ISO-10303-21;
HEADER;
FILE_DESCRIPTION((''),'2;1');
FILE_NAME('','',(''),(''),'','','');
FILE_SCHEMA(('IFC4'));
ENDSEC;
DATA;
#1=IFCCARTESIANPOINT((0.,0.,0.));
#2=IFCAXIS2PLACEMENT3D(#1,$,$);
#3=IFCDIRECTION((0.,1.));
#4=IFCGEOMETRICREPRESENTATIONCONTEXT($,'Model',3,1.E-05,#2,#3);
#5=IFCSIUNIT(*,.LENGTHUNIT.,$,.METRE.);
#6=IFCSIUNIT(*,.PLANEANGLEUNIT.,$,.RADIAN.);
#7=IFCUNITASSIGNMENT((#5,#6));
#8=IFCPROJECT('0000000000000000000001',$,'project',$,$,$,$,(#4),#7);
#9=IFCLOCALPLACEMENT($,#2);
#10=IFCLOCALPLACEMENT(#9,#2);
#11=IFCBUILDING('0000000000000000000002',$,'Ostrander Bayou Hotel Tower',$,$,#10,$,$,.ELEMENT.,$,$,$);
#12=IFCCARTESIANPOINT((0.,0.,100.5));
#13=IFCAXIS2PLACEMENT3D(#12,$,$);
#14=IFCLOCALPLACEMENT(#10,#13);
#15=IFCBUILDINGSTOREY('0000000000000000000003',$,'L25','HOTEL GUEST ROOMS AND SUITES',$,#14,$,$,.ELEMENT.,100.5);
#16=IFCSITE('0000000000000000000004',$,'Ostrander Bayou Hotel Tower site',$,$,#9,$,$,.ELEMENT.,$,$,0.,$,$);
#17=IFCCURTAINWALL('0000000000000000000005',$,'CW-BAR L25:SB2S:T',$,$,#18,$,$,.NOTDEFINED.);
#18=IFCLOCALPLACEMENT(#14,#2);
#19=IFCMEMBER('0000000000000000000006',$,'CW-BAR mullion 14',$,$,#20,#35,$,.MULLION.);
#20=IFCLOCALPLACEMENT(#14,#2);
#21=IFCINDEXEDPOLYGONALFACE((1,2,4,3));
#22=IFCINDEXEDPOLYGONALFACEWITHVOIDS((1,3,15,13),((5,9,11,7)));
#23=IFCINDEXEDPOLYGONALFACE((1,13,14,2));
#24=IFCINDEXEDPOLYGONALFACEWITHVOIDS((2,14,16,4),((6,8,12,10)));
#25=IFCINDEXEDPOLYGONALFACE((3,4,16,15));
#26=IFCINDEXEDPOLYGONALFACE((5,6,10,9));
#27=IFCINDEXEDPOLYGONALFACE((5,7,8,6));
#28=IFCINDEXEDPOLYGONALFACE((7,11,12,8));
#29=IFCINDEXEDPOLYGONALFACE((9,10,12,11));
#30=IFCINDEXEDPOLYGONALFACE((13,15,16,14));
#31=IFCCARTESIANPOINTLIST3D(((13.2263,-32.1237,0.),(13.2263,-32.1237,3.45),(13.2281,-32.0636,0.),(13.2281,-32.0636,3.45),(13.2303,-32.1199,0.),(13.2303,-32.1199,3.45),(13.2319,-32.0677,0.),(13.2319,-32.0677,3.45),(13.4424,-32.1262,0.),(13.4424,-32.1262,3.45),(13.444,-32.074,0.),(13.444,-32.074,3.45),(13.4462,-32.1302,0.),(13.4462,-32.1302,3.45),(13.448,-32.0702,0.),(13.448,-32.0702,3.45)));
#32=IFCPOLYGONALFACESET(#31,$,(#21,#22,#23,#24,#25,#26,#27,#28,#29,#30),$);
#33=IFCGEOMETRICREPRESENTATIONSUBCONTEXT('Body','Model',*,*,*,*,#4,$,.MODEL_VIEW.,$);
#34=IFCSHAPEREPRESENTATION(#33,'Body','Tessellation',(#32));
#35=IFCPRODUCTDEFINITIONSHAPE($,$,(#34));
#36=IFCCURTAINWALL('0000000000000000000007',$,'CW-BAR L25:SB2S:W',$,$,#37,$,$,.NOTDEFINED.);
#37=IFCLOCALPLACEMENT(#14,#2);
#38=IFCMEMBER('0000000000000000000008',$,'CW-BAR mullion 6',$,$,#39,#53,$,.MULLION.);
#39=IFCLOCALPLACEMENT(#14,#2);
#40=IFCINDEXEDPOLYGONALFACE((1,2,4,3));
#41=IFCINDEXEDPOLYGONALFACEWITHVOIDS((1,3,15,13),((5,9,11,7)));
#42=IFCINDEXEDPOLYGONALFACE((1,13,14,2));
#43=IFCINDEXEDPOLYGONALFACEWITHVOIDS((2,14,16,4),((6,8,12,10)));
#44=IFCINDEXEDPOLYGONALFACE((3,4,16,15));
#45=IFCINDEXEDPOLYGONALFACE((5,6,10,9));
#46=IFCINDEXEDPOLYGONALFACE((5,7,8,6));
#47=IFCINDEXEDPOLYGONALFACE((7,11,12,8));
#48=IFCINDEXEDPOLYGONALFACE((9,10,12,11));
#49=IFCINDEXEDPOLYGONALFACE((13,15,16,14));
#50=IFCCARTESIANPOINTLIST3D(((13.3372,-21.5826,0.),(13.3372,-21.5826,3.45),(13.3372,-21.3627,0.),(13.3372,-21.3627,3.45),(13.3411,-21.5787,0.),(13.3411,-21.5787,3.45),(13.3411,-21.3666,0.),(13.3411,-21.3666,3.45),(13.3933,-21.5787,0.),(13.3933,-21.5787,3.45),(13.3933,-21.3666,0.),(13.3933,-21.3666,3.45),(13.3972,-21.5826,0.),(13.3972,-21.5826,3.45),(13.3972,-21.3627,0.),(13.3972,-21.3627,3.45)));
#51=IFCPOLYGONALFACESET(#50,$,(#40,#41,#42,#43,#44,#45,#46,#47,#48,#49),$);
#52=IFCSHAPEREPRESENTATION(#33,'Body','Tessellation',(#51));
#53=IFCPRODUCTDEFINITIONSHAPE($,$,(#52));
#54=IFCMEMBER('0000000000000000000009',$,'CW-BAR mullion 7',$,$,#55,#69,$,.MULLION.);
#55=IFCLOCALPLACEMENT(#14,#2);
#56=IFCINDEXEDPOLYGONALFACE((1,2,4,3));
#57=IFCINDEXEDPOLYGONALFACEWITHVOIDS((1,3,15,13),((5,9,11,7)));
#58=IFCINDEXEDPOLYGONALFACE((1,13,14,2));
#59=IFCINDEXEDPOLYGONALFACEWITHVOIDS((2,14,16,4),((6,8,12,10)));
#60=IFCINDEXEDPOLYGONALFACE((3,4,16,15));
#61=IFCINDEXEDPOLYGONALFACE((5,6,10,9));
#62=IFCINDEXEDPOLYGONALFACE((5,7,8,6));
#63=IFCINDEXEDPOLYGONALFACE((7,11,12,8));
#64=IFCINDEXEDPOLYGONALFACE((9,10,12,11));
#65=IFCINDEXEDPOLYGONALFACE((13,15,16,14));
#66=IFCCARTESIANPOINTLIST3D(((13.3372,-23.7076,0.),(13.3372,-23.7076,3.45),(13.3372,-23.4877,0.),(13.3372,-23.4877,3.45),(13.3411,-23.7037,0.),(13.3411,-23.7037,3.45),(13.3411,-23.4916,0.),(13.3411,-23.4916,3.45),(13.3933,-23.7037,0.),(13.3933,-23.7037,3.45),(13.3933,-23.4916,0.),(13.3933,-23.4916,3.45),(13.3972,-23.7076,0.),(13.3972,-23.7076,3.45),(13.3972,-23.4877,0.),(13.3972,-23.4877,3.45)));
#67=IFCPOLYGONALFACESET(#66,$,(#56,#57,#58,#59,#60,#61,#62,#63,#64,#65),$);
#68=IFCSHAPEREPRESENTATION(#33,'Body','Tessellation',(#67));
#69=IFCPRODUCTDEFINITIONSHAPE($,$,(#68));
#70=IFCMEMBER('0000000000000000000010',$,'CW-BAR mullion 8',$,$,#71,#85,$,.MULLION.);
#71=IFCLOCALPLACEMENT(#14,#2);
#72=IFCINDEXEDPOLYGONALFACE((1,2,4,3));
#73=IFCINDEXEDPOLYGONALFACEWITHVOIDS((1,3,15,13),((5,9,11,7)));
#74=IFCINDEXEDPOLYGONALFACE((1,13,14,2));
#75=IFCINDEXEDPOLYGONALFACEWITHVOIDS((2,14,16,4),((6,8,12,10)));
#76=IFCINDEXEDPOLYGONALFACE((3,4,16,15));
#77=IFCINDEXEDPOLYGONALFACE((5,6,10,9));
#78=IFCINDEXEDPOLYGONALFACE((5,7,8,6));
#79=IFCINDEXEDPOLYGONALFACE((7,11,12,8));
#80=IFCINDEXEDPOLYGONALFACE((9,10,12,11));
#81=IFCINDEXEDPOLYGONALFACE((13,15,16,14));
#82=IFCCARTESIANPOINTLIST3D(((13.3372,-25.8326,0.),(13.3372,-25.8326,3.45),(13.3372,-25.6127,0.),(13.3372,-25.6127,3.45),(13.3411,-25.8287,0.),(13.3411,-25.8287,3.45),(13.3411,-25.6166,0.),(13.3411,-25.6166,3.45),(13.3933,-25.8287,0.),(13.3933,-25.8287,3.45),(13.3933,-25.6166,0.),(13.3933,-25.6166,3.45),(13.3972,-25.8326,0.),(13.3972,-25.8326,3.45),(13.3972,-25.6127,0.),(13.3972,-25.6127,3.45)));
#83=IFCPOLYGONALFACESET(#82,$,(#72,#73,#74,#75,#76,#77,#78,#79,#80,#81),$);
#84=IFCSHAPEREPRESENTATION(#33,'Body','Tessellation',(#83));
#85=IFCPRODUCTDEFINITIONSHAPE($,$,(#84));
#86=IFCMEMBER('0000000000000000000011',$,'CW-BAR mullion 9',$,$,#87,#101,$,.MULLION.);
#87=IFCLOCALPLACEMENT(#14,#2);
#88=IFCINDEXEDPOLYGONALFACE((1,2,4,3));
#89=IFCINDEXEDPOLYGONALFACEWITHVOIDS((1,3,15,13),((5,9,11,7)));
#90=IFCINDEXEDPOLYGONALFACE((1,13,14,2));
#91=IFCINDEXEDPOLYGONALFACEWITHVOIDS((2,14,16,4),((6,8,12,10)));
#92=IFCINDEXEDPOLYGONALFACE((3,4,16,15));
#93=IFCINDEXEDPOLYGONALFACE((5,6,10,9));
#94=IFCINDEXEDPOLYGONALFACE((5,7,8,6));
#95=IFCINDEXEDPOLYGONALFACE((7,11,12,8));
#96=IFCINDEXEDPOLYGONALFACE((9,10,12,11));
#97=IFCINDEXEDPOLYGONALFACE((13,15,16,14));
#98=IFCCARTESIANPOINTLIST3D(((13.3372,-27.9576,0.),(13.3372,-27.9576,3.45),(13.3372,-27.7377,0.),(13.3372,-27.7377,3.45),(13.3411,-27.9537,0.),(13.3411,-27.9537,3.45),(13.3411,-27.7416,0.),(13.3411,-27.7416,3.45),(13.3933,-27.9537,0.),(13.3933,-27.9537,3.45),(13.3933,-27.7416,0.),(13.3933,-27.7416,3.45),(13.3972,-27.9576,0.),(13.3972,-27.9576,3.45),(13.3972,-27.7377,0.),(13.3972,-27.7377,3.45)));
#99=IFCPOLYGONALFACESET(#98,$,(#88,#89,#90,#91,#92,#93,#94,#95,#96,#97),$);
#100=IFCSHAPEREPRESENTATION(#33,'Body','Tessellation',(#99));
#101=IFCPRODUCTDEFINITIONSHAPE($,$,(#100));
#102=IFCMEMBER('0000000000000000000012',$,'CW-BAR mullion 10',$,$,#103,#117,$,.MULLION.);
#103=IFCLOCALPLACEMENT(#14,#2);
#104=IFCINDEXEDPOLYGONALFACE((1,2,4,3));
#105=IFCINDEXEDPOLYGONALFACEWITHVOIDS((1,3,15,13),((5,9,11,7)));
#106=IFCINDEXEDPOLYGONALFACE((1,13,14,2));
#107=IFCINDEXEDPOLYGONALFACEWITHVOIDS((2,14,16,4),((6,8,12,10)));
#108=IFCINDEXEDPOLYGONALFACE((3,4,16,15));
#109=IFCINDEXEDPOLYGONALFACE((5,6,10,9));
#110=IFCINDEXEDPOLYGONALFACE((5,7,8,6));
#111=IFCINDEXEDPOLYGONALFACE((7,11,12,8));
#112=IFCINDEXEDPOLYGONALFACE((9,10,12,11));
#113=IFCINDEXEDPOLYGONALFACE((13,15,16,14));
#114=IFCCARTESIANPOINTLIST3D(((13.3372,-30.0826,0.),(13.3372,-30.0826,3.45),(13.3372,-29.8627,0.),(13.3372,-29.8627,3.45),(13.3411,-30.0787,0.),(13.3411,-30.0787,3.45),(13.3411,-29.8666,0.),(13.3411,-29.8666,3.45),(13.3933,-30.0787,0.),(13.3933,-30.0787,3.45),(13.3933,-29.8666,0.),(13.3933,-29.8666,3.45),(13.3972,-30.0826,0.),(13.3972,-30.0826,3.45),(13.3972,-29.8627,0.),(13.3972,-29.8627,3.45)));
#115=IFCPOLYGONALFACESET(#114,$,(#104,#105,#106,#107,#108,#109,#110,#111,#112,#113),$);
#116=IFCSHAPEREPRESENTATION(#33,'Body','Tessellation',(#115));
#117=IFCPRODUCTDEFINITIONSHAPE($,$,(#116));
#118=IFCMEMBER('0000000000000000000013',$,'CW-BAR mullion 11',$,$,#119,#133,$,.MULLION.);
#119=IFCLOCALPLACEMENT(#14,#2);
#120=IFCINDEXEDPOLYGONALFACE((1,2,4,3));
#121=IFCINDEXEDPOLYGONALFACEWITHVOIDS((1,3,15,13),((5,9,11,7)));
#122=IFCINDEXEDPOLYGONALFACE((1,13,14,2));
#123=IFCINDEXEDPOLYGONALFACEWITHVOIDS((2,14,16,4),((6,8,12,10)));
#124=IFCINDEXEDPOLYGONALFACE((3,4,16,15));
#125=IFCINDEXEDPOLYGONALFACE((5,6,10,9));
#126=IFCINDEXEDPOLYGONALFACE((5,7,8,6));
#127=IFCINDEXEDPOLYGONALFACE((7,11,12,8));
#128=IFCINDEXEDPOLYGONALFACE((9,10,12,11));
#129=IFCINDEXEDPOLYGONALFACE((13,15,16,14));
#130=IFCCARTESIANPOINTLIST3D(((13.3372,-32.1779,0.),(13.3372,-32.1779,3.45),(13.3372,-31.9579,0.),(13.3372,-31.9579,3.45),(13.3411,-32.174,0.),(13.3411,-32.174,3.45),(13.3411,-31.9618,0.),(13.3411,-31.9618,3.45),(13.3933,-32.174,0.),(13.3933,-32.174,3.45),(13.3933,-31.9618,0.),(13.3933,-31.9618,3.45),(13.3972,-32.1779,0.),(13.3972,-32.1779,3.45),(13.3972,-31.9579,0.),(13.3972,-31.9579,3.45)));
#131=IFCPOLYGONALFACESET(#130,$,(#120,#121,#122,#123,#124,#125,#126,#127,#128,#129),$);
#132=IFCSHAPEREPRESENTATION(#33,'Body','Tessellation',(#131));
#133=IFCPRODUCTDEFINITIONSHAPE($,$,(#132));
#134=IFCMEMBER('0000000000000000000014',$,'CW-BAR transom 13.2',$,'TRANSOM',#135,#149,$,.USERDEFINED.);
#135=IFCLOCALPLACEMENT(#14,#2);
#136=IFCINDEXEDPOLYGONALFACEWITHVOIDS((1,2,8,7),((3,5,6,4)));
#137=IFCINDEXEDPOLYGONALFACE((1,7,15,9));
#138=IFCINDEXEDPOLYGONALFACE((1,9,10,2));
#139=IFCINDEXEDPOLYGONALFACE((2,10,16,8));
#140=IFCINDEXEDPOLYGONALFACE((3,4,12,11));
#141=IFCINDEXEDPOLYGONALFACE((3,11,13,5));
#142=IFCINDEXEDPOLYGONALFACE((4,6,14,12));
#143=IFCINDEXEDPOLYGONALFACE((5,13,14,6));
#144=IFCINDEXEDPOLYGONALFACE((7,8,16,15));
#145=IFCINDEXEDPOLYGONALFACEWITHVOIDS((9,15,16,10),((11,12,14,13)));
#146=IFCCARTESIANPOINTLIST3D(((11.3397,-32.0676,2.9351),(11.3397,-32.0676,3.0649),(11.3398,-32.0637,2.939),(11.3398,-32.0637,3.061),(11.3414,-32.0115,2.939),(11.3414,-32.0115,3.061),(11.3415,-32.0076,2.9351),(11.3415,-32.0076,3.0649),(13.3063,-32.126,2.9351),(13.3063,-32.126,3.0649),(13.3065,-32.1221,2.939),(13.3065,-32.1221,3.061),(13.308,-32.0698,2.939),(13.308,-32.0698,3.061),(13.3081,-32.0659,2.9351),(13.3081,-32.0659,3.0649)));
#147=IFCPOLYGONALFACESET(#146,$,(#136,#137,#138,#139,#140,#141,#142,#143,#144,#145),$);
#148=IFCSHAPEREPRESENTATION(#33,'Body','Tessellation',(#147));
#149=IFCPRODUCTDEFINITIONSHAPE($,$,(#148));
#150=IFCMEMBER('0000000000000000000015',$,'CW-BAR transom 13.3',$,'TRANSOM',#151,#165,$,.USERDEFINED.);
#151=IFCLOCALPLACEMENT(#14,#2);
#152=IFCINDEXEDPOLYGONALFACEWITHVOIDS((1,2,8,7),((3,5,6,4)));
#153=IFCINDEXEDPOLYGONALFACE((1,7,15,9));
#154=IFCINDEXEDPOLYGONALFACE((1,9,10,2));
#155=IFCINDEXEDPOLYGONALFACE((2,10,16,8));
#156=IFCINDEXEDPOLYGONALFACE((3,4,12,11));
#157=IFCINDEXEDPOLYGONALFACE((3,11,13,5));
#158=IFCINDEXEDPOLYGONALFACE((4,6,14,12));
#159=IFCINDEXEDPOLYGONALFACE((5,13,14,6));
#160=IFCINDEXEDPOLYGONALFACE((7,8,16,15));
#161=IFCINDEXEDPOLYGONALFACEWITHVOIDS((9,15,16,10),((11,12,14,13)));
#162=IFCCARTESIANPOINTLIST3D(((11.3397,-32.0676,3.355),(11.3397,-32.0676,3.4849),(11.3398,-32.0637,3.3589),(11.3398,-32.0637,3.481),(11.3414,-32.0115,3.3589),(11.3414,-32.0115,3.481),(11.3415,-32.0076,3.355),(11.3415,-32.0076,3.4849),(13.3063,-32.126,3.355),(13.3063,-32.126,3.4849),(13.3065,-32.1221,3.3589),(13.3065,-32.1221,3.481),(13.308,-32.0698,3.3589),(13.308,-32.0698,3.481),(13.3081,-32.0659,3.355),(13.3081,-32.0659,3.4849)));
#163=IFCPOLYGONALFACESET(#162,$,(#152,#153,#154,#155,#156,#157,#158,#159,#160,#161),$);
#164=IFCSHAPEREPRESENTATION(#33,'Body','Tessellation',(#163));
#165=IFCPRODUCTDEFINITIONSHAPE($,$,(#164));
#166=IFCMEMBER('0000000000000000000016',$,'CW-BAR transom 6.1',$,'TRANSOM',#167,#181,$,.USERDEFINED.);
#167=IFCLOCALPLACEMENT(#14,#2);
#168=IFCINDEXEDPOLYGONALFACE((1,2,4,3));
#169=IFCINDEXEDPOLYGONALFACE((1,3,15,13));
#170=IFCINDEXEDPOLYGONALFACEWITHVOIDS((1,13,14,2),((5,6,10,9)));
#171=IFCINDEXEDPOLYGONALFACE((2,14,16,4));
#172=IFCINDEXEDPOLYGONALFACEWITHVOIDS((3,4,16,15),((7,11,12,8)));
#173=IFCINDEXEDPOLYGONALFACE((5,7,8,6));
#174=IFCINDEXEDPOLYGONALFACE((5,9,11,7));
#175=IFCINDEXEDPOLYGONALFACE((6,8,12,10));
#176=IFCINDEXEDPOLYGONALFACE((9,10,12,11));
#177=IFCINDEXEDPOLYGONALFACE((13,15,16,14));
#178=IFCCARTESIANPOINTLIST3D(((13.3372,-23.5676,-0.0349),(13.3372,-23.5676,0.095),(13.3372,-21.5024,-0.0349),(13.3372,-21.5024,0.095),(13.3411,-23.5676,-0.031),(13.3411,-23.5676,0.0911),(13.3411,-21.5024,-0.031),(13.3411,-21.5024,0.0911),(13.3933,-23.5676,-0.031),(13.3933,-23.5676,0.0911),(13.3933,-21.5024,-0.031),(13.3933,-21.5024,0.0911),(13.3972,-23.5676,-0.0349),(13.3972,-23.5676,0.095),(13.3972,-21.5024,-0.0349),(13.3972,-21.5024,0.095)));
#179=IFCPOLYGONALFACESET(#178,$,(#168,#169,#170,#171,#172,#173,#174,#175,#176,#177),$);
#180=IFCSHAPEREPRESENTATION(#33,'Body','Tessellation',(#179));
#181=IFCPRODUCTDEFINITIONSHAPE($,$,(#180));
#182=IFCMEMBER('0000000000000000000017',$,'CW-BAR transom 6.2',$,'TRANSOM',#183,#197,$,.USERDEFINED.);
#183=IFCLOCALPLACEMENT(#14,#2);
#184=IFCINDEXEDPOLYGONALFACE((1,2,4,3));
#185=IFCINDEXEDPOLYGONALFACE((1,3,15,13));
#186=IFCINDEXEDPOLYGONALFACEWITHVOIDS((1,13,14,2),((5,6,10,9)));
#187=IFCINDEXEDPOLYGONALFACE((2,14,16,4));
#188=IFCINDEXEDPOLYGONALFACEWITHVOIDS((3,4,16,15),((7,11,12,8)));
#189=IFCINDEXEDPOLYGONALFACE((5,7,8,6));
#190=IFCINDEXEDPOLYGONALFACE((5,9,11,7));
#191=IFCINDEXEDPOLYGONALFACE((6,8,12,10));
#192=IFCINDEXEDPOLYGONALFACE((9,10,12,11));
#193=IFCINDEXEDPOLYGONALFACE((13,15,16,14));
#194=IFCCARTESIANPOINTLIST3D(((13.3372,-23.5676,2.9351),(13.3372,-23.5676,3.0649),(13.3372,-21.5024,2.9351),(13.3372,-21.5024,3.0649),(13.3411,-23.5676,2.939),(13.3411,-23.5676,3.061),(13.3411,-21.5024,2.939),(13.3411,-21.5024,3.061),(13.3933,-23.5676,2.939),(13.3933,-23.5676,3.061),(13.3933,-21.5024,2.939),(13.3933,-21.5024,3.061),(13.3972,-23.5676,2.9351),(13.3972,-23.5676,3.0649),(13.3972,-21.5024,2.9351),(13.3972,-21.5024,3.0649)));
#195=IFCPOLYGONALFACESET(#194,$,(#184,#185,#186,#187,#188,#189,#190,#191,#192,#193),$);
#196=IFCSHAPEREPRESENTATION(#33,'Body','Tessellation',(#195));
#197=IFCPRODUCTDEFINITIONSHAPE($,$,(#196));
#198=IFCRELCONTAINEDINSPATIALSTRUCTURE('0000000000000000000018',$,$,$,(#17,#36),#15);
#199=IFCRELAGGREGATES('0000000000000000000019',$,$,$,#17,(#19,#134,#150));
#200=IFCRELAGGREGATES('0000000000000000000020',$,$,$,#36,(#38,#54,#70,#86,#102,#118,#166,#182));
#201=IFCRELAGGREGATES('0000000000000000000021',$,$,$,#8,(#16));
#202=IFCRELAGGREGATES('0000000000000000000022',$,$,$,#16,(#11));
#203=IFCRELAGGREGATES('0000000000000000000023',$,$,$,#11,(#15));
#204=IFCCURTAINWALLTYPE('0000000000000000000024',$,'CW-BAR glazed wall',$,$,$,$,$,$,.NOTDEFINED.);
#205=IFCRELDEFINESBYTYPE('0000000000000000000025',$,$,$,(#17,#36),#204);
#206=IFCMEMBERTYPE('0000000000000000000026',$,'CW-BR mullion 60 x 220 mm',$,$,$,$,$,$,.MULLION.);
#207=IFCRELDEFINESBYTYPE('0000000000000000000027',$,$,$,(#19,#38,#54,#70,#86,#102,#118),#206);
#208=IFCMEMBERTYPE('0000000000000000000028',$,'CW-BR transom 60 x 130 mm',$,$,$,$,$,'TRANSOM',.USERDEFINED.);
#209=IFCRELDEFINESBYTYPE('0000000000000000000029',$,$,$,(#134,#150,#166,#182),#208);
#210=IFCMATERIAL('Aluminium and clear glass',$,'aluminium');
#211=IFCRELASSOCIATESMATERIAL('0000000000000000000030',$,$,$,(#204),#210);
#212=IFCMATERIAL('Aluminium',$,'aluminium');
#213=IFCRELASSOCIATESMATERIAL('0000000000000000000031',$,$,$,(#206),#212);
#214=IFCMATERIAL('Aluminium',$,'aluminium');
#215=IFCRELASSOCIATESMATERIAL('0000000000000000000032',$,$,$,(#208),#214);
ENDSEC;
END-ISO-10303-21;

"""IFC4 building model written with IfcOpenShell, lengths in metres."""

from ifc_helpers import new_model, si_unit, direction, frame, origin, origin_2d, place, context, subcontext, project, spatial, hollow_rectangle, extrude, material, material_profile, profile_set, type_object, element, aggregate, save


model = new_model("IFC4")

# Units and contexts
model_context = context("Model", 3, precision=1e-05, world=origin(), true_north=direction((0.0, 1.0)))
body_context = subcontext(model_context, "Body", "Model", "MODEL_VIEW")
ifc_project = project(units=[si_unit("LENGTHUNIT", "METRE"), si_unit("PLANEANGLEUNIT", "RADIAN")], contexts=[model_context])

# Site, building, storey
site_placement = place(None, origin())
site = spatial("IfcSite", under=ifc_project, at=site_placement, Name="Ostrander Bayou Hotel Tower site", CompositionType="ELEMENT", RefElevation=0.0)
building_placement = place(site_placement, origin())
building = spatial("IfcBuilding", under=site, at=building_placement, Name="Ostrander Bayou Hotel Tower", CompositionType="ELEMENT")
storey_placement = place(building_placement, frame((0.0, 0.0, 100.5)))
storey = spatial("IfcBuildingStorey", under=building, at=storey_placement, Name="L25", Description="HOTEL GUEST ROOMS AND SUITES", CompositionType="ELEMENT", Elevation=100.5)

# Curtain wall, member
ifc_material_1 = material(Name="Aluminium and clear glass", Category="aluminium")
curtain_wall_type = type_object("IfcCurtainWallType", Name="CW-BAR glazed wall", PredefinedType="NOTDEFINED", material=ifc_material_1)
curtain_wall_1_placement = place(storey_placement, origin())
curtain_wall_1 = element("IfcCurtainWall", 1, at=curtain_wall_1_placement, inside=storey, type_object=curtain_wall_type, Name="CW-BAR L25:SB2S:T", PredefinedType="NOTDEFINED")
ifc_material_2 = material(Name="Aluminium", Category="aluminium")
ifc_material_profile_1 = material_profile(ifc_material_2, hollow_rectangle(XDim=0.0601, YDim=0.22, WallThickness=0.0039, at=origin_2d()))
ifc_profile_set_1 = profile_set([ifc_material_profile_1], Name="Aluminium")
member_type_1 = type_object("IfcMemberType", Name="CW-BR mullion 60 x 220 mm", PredefinedType="MULLION", material=ifc_profile_set_1)
member_1_placement = place(storey_placement, frame((13.3372, -32.0969, 0.0), z_axis=(0.0, 0.0, 1.0), x_axis=(0.029746, 0.999557, 0.0)))
member_1 = element("IfcMember", 2, at=member_1_placement, type_object=member_type_1, Name="CW-BAR mullion 14", PredefinedType="MULLION", context=body_context, shape_type="SweptSolid", body=[
    extrude(hollow_rectangle(XDim=0.0601, YDim=0.22, WallThickness=0.0039, at=origin_2d()), origin(), (0.0, 0.0, 1.0), 3.45),
])

# Curtain wall, members
curtain_wall_2_placement = place(storey_placement, origin())
curtain_wall_2 = element("IfcCurtainWall", 3, at=curtain_wall_2_placement, inside=storey, type_object=curtain_wall_type, Name="CW-BAR L25:SB2S:W", PredefinedType="NOTDEFINED")
member_2_placement = place(storey_placement, frame((13.3672, -21.4727, 0.0), z_axis=(0.0, 0.0, 1.0), x_axis=(1.0, 0.0, 0.0)))
member_2 = element("IfcMember", 4, at=member_2_placement, type_object=member_type_1, Name="CW-BAR mullion 6", PredefinedType="MULLION", context=body_context, shape_type="SweptSolid", body=[
    extrude(hollow_rectangle(XDim=0.0601, YDim=0.22, WallThickness=0.0039, at=origin_2d()), origin(), (0.0, 0.0, 1.0), 3.45),
])
member_3_placement = place(storey_placement, frame((13.3672, -23.5977, 0.0), z_axis=(0.0, 0.0, 1.0), x_axis=(1.0, 0.0, 0.0)))
member_3 = element("IfcMember", 5, at=member_3_placement, type_object=member_type_1, Name="CW-BAR mullion 7", PredefinedType="MULLION", context=body_context, shape_type="SweptSolid", body=[
    extrude(hollow_rectangle(XDim=0.0601, YDim=0.22, WallThickness=0.0039, at=origin_2d()), origin(), (0.0, 0.0, 1.0), 3.45),
])
member_4_placement = place(storey_placement, frame((13.3672, -25.7227, 0.0), z_axis=(0.0, 0.0, 1.0), x_axis=(1.0, 0.0, 0.0)))
member_4 = element("IfcMember", 6, at=member_4_placement, type_object=member_type_1, Name="CW-BAR mullion 8", PredefinedType="MULLION", context=body_context, shape_type="SweptSolid", body=[
    extrude(hollow_rectangle(XDim=0.0601, YDim=0.22, WallThickness=0.0039, at=origin_2d()), origin(), (0.0, 0.0, 1.0), 3.45),
])
member_5_placement = place(storey_placement, frame((13.3672, -27.8477, 0.0), z_axis=(0.0, 0.0, 1.0), x_axis=(1.0, 0.0, 0.0)))
member_5 = element("IfcMember", 7, at=member_5_placement, type_object=member_type_1, Name="CW-BAR mullion 9", PredefinedType="MULLION", context=body_context, shape_type="SweptSolid", body=[
    extrude(hollow_rectangle(XDim=0.0601, YDim=0.22, WallThickness=0.0039, at=origin_2d()), origin(), (0.0, 0.0, 1.0), 3.45),
])
member_6_placement = place(storey_placement, frame((13.3672, -29.9727, 0.0), z_axis=(0.0, 0.0, 1.0), x_axis=(1.0, 0.0, 0.0)))
member_6 = element("IfcMember", 8, at=member_6_placement, type_object=member_type_1, Name="CW-BAR mullion 10", PredefinedType="MULLION", context=body_context, shape_type="SweptSolid", body=[
    extrude(hollow_rectangle(XDim=0.0601, YDim=0.22, WallThickness=0.0039, at=origin_2d()), origin(), (0.0, 0.0, 1.0), 3.45),
])
member_7_placement = place(storey_placement, frame((13.3672, -32.0679, 0.0), z_axis=(0.0, 0.0, 1.0), x_axis=(1.0, 0.0, 0.0)))
member_7 = element("IfcMember", 9, at=member_7_placement, type_object=member_type_1, Name="CW-BAR mullion 11", PredefinedType="MULLION", context=body_context, shape_type="SweptSolid", body=[
    extrude(hollow_rectangle(XDim=0.0601, YDim=0.22, WallThickness=0.0039, at=origin_2d()), origin(), (0.0, 0.0, 1.0), 3.45),
])

# Members
ifc_material_3 = material(Name="Aluminium", Category="aluminium")
ifc_material_profile_2 = material_profile(ifc_material_3, hollow_rectangle(XDim=0.0601, YDim=0.1299, WallThickness=0.0039, at=origin_2d()))
ifc_profile_set_2 = profile_set([ifc_material_profile_2], Name="Aluminium")
member_type_2 = type_object("IfcMemberType", Name="CW-BR transom 60 x 130 mm", ElementType="TRANSOM", PredefinedType="USERDEFINED", material=ifc_profile_set_2)
member_8_placement = place(storey_placement, frame((11.3406, -32.0376, 3.0), z_axis=(0.99956, -0.029658, 0.0), x_axis=(0.029658, 0.99956, 0.0)))
member_8 = element("IfcMember", 10, at=member_8_placement, type_object=member_type_2, Name="CW-BAR transom 13.2", ObjectType="TRANSOM", PredefinedType="USERDEFINED", context=body_context, shape_type="SweptSolid", body=[
    extrude(hollow_rectangle(XDim=0.0601, YDim=0.1299, WallThickness=0.0039, at=origin_2d()), origin(), (0.0, 0.0, 1.0), 1.9675),
])
member_9_placement = place(storey_placement, frame((11.3406, -32.0376, 3.4199), z_axis=(0.99956, -0.029658, 0.0), x_axis=(0.029658, 0.99956, 0.0)))
member_9 = element("IfcMember", 11, at=member_9_placement, type_object=member_type_2, Name="CW-BAR transom 13.3", ObjectType="TRANSOM", PredefinedType="USERDEFINED", context=body_context, shape_type="SweptSolid", body=[
    extrude(hollow_rectangle(XDim=0.0601, YDim=0.1299, WallThickness=0.0039, at=origin_2d()), origin(), (0.0, 0.0, 1.0), 1.9675),
])
member_10_placement = place(storey_placement, frame((13.3672, -21.5024, 0.03), z_axis=(0.0, -1.0, 0.0), x_axis=(1.0, 0.0, 0.0)))
member_10 = element("IfcMember", 12, at=member_10_placement, type_object=member_type_2, Name="CW-BAR transom 6.1", ObjectType="TRANSOM", PredefinedType="USERDEFINED", context=body_context, shape_type="SweptSolid", body=[
    extrude(hollow_rectangle(XDim=0.0601, YDim=0.1299, WallThickness=0.0039, at=origin_2d()), origin(), (0.0, 0.0, 1.0), 2.0652),
])
member_11_placement = place(storey_placement, frame((13.3672, -21.5024, 3.0), z_axis=(0.0, -1.0, 0.0), x_axis=(1.0, 0.0, 0.0)))
member_11 = element("IfcMember", 13, at=member_11_placement, type_object=member_type_2, Name="CW-BAR transom 6.2", ObjectType="TRANSOM", PredefinedType="USERDEFINED", context=body_context, shape_type="SweptSolid", body=[
    extrude(hollow_rectangle(XDim=0.0601, YDim=0.1299, WallThickness=0.0039, at=origin_2d()), origin(), (0.0, 0.0, 1.0), 2.0652),
])

aggregate(curtain_wall_1, [member_1, member_8, member_9])
aggregate(curtain_wall_2, [member_2, member_3, member_4, member_5, member_6, member_7, member_10, member_11])

save(model, "model.ifc")
